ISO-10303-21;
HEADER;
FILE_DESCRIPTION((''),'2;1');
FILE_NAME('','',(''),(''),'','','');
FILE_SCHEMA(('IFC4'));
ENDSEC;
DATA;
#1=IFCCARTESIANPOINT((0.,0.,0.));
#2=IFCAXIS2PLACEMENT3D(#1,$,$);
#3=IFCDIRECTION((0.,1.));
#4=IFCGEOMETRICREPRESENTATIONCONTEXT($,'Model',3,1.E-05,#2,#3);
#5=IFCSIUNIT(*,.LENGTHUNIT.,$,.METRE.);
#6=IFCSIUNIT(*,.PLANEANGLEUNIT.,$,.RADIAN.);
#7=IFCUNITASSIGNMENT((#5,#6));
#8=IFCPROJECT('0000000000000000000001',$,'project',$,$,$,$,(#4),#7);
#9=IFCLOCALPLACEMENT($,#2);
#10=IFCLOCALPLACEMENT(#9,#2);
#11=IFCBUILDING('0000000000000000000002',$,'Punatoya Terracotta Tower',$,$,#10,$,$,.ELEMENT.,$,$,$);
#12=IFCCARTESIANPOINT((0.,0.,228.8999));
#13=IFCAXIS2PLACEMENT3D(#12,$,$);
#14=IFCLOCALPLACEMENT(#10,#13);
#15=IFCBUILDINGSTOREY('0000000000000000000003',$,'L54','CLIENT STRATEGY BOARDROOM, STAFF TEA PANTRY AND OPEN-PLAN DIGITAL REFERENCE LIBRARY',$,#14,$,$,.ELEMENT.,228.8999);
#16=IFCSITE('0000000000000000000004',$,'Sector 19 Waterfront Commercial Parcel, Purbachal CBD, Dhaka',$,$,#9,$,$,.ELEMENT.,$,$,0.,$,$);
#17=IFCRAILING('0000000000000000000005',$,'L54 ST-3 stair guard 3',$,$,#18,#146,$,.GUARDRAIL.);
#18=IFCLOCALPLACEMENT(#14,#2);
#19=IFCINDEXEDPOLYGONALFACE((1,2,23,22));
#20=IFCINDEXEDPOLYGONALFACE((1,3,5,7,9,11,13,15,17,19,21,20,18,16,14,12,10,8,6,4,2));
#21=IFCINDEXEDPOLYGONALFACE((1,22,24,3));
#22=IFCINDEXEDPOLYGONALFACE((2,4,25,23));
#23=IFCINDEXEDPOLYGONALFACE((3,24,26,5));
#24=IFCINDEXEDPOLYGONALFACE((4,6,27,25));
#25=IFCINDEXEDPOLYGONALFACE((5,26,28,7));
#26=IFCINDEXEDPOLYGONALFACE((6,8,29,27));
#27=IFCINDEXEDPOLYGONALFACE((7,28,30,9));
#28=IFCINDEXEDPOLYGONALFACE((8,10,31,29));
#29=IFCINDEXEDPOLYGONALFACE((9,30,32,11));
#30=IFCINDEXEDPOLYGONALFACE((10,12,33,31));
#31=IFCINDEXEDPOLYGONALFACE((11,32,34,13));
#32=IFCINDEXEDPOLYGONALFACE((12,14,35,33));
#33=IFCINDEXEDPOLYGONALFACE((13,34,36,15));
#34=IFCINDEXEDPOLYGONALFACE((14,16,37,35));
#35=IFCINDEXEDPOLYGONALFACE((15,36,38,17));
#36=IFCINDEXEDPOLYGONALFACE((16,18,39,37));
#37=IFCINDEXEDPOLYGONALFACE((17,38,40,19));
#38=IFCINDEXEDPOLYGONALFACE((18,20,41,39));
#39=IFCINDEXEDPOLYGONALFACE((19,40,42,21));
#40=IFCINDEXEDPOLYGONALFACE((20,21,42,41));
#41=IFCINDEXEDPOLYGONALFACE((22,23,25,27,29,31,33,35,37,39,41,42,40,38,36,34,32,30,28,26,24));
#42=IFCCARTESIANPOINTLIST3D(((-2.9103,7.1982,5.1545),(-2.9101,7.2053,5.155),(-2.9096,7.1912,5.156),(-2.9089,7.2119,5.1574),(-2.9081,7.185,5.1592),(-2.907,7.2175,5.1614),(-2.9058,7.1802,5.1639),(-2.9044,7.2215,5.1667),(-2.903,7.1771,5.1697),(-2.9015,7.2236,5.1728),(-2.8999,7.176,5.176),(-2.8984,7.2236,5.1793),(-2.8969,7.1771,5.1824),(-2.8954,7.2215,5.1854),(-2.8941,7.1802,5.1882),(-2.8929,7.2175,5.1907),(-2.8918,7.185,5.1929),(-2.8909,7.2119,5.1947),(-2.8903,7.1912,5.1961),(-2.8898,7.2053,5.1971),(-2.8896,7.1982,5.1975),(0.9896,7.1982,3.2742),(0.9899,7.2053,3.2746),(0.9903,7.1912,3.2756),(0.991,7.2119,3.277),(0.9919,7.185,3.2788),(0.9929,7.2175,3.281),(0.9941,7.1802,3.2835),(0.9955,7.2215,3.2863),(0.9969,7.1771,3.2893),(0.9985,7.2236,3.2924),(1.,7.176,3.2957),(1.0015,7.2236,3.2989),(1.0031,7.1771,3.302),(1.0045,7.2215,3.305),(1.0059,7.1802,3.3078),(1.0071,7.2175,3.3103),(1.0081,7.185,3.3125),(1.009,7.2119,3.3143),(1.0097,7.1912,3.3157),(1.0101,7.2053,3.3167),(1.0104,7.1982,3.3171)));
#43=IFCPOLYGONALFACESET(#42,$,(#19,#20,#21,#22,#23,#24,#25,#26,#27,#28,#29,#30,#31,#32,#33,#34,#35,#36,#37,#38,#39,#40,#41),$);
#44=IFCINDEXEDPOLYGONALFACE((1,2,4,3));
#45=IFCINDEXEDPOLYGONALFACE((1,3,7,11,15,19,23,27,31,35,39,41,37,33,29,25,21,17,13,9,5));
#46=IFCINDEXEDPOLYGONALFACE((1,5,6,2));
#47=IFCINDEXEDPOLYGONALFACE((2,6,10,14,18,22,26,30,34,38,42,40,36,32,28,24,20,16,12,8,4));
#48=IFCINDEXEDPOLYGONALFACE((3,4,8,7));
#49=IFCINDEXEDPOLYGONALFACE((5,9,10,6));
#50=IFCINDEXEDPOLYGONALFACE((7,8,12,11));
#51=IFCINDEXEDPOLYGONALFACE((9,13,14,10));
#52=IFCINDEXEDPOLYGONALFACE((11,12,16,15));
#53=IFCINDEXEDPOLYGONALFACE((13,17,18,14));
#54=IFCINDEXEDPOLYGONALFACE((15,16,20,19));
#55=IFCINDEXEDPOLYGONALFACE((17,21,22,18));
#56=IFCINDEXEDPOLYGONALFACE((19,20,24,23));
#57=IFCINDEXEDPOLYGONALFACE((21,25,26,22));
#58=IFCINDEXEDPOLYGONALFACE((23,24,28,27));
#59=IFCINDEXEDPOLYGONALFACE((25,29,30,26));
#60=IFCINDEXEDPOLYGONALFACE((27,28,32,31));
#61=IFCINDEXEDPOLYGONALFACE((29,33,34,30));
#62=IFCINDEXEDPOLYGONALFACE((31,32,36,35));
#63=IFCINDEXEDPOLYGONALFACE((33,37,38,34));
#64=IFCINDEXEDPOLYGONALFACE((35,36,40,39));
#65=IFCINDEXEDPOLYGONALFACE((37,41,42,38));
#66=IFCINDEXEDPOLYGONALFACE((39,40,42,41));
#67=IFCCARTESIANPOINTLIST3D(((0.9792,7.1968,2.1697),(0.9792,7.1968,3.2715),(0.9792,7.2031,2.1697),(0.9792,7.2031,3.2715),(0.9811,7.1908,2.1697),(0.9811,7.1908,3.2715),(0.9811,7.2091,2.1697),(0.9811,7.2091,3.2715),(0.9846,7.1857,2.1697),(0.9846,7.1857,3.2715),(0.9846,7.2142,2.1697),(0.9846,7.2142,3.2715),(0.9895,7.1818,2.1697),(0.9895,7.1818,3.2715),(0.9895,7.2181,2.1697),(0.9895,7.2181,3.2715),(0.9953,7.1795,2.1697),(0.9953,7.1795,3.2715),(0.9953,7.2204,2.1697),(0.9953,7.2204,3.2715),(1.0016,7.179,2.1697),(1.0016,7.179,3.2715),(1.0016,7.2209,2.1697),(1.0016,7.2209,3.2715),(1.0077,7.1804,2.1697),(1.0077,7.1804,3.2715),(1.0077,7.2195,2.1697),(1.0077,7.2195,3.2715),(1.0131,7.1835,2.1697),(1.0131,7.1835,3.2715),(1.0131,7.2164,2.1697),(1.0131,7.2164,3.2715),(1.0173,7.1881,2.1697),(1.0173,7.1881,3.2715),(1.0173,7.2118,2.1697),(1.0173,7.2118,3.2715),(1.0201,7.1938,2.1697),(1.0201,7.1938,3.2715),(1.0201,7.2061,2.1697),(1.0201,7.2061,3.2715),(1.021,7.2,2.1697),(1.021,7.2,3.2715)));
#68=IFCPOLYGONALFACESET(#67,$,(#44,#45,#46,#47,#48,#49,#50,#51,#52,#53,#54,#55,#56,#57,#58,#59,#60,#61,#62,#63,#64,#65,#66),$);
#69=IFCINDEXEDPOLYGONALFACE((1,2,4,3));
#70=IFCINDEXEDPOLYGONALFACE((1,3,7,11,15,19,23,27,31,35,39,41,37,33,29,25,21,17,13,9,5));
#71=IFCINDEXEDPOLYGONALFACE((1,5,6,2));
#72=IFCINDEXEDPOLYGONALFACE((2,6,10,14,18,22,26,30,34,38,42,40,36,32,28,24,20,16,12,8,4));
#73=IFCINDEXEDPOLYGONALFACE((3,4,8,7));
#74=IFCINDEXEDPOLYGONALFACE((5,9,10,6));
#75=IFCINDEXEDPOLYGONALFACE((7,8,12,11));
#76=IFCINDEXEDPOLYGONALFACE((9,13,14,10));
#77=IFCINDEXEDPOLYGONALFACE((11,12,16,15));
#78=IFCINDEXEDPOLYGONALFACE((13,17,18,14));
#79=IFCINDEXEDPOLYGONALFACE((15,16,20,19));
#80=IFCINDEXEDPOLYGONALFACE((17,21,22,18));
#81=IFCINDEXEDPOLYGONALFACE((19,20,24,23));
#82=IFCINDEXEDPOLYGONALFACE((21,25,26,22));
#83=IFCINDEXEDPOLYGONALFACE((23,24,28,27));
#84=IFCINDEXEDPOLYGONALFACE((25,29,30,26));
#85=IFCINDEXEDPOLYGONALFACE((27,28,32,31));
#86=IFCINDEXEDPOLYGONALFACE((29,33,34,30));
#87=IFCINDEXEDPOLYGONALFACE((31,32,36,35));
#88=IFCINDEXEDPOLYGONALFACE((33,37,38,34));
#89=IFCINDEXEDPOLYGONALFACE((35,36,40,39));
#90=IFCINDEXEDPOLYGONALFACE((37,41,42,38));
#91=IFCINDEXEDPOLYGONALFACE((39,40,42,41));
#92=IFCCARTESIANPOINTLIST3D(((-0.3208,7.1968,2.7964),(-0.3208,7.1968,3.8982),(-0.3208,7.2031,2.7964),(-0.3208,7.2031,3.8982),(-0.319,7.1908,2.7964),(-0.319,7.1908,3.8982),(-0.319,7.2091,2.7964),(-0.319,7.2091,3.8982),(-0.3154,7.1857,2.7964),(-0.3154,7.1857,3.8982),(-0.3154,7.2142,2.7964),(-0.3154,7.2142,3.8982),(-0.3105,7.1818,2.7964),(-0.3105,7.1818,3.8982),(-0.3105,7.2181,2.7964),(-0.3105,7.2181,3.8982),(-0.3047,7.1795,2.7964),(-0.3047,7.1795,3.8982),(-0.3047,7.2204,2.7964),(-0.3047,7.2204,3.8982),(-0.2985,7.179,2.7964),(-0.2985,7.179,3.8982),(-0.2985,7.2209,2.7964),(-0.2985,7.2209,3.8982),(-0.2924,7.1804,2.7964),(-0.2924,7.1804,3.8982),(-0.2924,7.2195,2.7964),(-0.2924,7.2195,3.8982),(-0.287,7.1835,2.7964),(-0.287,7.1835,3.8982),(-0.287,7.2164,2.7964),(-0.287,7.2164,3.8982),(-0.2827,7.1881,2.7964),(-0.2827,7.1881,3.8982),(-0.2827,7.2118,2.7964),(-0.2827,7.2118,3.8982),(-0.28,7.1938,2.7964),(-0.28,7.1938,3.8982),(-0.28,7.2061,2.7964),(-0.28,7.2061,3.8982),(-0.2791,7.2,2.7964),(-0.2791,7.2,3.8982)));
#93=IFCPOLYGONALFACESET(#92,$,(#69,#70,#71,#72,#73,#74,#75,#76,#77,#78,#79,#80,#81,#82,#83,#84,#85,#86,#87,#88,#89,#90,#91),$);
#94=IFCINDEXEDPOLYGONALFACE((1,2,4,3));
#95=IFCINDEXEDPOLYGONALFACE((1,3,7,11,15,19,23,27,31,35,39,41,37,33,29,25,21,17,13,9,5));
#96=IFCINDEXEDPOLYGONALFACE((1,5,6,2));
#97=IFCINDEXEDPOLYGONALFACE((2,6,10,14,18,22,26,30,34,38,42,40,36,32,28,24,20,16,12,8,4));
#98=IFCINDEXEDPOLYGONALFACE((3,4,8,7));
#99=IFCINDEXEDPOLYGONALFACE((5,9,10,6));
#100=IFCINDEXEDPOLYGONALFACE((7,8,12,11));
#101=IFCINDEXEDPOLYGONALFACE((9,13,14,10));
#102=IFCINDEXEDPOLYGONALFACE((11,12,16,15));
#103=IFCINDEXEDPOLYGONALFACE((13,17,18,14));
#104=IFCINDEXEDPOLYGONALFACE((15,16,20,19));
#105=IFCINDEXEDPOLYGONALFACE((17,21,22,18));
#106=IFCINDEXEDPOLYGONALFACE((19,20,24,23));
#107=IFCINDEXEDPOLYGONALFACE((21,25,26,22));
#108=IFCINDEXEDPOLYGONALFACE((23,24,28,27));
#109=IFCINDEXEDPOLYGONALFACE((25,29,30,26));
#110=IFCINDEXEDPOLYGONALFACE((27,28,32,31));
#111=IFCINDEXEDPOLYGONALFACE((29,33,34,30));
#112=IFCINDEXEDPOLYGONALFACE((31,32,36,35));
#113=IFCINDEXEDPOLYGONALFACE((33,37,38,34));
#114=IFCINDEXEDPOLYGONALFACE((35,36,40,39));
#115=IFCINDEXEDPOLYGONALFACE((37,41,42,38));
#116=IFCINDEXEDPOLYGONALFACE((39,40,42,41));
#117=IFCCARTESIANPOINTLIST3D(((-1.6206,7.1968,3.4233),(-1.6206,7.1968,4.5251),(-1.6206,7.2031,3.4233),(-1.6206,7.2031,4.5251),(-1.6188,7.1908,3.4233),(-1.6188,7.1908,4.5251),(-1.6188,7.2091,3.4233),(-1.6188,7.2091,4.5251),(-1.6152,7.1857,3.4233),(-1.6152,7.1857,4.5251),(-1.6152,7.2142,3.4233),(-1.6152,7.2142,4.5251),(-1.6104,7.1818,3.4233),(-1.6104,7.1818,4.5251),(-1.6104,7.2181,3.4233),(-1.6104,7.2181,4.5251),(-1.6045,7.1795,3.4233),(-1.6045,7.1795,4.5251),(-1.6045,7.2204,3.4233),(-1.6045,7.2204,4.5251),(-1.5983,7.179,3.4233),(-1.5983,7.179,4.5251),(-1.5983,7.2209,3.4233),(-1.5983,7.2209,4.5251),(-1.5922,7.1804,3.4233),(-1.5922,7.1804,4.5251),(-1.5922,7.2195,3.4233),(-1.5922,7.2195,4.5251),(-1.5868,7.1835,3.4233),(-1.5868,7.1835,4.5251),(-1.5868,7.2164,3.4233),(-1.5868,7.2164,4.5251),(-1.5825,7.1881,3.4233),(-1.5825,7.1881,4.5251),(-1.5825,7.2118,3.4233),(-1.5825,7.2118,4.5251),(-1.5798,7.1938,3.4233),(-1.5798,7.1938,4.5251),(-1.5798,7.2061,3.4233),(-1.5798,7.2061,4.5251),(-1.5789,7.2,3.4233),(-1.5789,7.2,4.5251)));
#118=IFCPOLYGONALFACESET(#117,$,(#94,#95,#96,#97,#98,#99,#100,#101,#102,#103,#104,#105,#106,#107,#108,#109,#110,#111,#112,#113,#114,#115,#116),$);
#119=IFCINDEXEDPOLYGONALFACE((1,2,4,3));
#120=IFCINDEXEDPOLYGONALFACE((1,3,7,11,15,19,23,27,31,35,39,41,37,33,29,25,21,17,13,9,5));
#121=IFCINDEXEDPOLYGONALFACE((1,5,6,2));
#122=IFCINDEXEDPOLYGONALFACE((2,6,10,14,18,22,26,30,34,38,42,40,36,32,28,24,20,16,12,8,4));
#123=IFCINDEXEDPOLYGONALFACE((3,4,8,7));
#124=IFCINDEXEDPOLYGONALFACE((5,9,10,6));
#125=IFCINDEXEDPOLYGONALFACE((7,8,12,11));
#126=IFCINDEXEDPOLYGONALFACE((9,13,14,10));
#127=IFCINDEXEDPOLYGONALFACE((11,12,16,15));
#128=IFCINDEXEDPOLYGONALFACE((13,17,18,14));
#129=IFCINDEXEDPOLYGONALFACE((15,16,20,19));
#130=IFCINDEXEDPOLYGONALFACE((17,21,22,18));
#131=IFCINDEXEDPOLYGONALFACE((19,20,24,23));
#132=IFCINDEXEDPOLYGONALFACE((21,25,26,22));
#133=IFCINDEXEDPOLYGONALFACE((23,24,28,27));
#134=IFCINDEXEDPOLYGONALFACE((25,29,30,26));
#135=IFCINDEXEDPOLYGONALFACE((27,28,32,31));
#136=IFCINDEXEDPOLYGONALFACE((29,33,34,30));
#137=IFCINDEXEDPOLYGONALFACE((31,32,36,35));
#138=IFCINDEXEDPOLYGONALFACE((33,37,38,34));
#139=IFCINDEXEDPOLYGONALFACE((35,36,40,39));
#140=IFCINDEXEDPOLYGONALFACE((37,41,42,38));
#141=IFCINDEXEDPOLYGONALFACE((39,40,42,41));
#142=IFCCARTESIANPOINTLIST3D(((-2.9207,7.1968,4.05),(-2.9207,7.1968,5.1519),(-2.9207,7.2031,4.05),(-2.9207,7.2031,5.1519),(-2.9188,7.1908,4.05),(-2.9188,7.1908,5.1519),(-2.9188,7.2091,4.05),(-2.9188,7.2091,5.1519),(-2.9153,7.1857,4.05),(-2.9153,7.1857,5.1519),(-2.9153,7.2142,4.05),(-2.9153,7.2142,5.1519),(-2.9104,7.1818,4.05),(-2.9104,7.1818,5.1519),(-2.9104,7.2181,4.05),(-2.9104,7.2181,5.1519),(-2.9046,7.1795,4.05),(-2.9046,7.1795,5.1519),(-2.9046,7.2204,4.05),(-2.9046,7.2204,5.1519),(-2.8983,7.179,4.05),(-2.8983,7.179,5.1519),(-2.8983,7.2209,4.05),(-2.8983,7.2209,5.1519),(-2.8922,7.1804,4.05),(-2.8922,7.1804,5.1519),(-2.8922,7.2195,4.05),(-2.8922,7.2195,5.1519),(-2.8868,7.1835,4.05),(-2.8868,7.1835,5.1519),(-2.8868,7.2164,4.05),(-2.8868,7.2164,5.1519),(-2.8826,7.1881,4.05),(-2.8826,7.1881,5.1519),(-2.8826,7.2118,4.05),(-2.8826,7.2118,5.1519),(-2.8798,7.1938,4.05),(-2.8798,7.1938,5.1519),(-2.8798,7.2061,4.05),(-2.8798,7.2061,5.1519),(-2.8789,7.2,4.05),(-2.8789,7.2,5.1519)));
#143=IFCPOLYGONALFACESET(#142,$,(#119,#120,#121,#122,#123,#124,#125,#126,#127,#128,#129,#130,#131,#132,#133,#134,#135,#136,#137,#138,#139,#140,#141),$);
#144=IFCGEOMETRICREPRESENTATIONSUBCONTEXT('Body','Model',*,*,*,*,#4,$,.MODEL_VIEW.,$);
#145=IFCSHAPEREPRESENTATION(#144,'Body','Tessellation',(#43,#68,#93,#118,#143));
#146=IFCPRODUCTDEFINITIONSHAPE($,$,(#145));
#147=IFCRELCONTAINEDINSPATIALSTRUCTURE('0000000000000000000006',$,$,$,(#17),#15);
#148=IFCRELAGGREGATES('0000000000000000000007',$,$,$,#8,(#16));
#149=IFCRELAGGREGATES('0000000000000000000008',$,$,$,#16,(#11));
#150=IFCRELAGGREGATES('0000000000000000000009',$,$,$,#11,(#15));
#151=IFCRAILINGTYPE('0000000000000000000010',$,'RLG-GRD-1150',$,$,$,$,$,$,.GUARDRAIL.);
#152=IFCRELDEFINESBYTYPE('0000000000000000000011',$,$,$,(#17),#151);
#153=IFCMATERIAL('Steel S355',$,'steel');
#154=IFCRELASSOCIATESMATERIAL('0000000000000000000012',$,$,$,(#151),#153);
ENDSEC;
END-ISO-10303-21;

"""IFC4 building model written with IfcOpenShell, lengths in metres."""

from ifc_helpers import new_model, si_unit, direction, frame, origin, origin_2d, place, context, subcontext, project, spatial, circle, extrude, material, type_object, element, save


model = new_model("IFC4")

# Units and contexts
model_context = context("Model", 3, precision=1e-05, world=origin(), true_north=direction((0.0, 1.0)))
body_context = subcontext(model_context, "Body", "Model", "MODEL_VIEW")
ifc_project = project(units=[si_unit("LENGTHUNIT", "METRE"), si_unit("PLANEANGLEUNIT", "RADIAN")], contexts=[model_context])

# Site, building, storey
site_placement = place(None, origin())
site = spatial("IfcSite", under=ifc_project, at=site_placement, Name="Sector 19 Waterfront Commercial Parcel, Purbachal CBD, Dhaka", CompositionType="ELEMENT", RefElevation=0.0)
building_placement = place(site_placement, origin())
building = spatial("IfcBuilding", under=site, at=building_placement, Name="Punatoya Terracotta Tower", CompositionType="ELEMENT")
storey_placement = place(building_placement, frame((0.0, 0.0, 228.8999)))
storey = spatial("IfcBuildingStorey", under=building, at=storey_placement, Name="L54", Description="CLIENT STRATEGY BOARDROOM, STAFF TEA PANTRY AND OPEN-PLAN DIGITAL REFERENCE LIBRARY", CompositionType="ELEMENT", Elevation=228.8999)

# Shared definitions
ifc_material_1 = material(Name="Steel S355", Category="steel")

# Railing
railing_type_1 = type_object("IfcRailingType", Name="RLG-GRD-1150", PredefinedType="GUARDRAIL", material=ifc_material_1)
railing_1_placement = place(storey_placement, frame((1.0, 7.2, 2.1697)))
element("IfcRailing", 1, at=railing_1_placement, inside=storey, type_object=railing_type_1, Name="L54 ST-3 stair guard 3", PredefinedType="GUARDRAIL", context=body_context, shape_type="SweptSolid", body=[
    extrude(circle(Radius=0.0239, at=origin_2d()), frame((0.0, 0.0, 1.126), z_axis=(-0.900763, 0.0, 0.434311), x_axis=(0.0, -1.0, 0.0)), (0.0, 0.0, 1.0), 4.3296),
    extrude(circle(Radius=0.021, at=origin_2d()), origin(), (0.0, 0.0, 1.0), 1.1018),
    extrude(circle(Radius=0.021, at=origin_2d()), frame((-1.3, 0.0, 0.6267)), (0.0, 0.0, 1.0), 1.1018),
    extrude(circle(Radius=0.021, at=origin_2d()), frame((-2.5999, 0.0, 1.2537)), (0.0, 0.0, 1.0), 1.1018),
    extrude(circle(Radius=0.021, at=origin_2d()), frame((-3.8999, 0.0, 1.8804)), (0.0, 0.0, 1.0), 1.1018),
])

save(model, "model.ifc")
